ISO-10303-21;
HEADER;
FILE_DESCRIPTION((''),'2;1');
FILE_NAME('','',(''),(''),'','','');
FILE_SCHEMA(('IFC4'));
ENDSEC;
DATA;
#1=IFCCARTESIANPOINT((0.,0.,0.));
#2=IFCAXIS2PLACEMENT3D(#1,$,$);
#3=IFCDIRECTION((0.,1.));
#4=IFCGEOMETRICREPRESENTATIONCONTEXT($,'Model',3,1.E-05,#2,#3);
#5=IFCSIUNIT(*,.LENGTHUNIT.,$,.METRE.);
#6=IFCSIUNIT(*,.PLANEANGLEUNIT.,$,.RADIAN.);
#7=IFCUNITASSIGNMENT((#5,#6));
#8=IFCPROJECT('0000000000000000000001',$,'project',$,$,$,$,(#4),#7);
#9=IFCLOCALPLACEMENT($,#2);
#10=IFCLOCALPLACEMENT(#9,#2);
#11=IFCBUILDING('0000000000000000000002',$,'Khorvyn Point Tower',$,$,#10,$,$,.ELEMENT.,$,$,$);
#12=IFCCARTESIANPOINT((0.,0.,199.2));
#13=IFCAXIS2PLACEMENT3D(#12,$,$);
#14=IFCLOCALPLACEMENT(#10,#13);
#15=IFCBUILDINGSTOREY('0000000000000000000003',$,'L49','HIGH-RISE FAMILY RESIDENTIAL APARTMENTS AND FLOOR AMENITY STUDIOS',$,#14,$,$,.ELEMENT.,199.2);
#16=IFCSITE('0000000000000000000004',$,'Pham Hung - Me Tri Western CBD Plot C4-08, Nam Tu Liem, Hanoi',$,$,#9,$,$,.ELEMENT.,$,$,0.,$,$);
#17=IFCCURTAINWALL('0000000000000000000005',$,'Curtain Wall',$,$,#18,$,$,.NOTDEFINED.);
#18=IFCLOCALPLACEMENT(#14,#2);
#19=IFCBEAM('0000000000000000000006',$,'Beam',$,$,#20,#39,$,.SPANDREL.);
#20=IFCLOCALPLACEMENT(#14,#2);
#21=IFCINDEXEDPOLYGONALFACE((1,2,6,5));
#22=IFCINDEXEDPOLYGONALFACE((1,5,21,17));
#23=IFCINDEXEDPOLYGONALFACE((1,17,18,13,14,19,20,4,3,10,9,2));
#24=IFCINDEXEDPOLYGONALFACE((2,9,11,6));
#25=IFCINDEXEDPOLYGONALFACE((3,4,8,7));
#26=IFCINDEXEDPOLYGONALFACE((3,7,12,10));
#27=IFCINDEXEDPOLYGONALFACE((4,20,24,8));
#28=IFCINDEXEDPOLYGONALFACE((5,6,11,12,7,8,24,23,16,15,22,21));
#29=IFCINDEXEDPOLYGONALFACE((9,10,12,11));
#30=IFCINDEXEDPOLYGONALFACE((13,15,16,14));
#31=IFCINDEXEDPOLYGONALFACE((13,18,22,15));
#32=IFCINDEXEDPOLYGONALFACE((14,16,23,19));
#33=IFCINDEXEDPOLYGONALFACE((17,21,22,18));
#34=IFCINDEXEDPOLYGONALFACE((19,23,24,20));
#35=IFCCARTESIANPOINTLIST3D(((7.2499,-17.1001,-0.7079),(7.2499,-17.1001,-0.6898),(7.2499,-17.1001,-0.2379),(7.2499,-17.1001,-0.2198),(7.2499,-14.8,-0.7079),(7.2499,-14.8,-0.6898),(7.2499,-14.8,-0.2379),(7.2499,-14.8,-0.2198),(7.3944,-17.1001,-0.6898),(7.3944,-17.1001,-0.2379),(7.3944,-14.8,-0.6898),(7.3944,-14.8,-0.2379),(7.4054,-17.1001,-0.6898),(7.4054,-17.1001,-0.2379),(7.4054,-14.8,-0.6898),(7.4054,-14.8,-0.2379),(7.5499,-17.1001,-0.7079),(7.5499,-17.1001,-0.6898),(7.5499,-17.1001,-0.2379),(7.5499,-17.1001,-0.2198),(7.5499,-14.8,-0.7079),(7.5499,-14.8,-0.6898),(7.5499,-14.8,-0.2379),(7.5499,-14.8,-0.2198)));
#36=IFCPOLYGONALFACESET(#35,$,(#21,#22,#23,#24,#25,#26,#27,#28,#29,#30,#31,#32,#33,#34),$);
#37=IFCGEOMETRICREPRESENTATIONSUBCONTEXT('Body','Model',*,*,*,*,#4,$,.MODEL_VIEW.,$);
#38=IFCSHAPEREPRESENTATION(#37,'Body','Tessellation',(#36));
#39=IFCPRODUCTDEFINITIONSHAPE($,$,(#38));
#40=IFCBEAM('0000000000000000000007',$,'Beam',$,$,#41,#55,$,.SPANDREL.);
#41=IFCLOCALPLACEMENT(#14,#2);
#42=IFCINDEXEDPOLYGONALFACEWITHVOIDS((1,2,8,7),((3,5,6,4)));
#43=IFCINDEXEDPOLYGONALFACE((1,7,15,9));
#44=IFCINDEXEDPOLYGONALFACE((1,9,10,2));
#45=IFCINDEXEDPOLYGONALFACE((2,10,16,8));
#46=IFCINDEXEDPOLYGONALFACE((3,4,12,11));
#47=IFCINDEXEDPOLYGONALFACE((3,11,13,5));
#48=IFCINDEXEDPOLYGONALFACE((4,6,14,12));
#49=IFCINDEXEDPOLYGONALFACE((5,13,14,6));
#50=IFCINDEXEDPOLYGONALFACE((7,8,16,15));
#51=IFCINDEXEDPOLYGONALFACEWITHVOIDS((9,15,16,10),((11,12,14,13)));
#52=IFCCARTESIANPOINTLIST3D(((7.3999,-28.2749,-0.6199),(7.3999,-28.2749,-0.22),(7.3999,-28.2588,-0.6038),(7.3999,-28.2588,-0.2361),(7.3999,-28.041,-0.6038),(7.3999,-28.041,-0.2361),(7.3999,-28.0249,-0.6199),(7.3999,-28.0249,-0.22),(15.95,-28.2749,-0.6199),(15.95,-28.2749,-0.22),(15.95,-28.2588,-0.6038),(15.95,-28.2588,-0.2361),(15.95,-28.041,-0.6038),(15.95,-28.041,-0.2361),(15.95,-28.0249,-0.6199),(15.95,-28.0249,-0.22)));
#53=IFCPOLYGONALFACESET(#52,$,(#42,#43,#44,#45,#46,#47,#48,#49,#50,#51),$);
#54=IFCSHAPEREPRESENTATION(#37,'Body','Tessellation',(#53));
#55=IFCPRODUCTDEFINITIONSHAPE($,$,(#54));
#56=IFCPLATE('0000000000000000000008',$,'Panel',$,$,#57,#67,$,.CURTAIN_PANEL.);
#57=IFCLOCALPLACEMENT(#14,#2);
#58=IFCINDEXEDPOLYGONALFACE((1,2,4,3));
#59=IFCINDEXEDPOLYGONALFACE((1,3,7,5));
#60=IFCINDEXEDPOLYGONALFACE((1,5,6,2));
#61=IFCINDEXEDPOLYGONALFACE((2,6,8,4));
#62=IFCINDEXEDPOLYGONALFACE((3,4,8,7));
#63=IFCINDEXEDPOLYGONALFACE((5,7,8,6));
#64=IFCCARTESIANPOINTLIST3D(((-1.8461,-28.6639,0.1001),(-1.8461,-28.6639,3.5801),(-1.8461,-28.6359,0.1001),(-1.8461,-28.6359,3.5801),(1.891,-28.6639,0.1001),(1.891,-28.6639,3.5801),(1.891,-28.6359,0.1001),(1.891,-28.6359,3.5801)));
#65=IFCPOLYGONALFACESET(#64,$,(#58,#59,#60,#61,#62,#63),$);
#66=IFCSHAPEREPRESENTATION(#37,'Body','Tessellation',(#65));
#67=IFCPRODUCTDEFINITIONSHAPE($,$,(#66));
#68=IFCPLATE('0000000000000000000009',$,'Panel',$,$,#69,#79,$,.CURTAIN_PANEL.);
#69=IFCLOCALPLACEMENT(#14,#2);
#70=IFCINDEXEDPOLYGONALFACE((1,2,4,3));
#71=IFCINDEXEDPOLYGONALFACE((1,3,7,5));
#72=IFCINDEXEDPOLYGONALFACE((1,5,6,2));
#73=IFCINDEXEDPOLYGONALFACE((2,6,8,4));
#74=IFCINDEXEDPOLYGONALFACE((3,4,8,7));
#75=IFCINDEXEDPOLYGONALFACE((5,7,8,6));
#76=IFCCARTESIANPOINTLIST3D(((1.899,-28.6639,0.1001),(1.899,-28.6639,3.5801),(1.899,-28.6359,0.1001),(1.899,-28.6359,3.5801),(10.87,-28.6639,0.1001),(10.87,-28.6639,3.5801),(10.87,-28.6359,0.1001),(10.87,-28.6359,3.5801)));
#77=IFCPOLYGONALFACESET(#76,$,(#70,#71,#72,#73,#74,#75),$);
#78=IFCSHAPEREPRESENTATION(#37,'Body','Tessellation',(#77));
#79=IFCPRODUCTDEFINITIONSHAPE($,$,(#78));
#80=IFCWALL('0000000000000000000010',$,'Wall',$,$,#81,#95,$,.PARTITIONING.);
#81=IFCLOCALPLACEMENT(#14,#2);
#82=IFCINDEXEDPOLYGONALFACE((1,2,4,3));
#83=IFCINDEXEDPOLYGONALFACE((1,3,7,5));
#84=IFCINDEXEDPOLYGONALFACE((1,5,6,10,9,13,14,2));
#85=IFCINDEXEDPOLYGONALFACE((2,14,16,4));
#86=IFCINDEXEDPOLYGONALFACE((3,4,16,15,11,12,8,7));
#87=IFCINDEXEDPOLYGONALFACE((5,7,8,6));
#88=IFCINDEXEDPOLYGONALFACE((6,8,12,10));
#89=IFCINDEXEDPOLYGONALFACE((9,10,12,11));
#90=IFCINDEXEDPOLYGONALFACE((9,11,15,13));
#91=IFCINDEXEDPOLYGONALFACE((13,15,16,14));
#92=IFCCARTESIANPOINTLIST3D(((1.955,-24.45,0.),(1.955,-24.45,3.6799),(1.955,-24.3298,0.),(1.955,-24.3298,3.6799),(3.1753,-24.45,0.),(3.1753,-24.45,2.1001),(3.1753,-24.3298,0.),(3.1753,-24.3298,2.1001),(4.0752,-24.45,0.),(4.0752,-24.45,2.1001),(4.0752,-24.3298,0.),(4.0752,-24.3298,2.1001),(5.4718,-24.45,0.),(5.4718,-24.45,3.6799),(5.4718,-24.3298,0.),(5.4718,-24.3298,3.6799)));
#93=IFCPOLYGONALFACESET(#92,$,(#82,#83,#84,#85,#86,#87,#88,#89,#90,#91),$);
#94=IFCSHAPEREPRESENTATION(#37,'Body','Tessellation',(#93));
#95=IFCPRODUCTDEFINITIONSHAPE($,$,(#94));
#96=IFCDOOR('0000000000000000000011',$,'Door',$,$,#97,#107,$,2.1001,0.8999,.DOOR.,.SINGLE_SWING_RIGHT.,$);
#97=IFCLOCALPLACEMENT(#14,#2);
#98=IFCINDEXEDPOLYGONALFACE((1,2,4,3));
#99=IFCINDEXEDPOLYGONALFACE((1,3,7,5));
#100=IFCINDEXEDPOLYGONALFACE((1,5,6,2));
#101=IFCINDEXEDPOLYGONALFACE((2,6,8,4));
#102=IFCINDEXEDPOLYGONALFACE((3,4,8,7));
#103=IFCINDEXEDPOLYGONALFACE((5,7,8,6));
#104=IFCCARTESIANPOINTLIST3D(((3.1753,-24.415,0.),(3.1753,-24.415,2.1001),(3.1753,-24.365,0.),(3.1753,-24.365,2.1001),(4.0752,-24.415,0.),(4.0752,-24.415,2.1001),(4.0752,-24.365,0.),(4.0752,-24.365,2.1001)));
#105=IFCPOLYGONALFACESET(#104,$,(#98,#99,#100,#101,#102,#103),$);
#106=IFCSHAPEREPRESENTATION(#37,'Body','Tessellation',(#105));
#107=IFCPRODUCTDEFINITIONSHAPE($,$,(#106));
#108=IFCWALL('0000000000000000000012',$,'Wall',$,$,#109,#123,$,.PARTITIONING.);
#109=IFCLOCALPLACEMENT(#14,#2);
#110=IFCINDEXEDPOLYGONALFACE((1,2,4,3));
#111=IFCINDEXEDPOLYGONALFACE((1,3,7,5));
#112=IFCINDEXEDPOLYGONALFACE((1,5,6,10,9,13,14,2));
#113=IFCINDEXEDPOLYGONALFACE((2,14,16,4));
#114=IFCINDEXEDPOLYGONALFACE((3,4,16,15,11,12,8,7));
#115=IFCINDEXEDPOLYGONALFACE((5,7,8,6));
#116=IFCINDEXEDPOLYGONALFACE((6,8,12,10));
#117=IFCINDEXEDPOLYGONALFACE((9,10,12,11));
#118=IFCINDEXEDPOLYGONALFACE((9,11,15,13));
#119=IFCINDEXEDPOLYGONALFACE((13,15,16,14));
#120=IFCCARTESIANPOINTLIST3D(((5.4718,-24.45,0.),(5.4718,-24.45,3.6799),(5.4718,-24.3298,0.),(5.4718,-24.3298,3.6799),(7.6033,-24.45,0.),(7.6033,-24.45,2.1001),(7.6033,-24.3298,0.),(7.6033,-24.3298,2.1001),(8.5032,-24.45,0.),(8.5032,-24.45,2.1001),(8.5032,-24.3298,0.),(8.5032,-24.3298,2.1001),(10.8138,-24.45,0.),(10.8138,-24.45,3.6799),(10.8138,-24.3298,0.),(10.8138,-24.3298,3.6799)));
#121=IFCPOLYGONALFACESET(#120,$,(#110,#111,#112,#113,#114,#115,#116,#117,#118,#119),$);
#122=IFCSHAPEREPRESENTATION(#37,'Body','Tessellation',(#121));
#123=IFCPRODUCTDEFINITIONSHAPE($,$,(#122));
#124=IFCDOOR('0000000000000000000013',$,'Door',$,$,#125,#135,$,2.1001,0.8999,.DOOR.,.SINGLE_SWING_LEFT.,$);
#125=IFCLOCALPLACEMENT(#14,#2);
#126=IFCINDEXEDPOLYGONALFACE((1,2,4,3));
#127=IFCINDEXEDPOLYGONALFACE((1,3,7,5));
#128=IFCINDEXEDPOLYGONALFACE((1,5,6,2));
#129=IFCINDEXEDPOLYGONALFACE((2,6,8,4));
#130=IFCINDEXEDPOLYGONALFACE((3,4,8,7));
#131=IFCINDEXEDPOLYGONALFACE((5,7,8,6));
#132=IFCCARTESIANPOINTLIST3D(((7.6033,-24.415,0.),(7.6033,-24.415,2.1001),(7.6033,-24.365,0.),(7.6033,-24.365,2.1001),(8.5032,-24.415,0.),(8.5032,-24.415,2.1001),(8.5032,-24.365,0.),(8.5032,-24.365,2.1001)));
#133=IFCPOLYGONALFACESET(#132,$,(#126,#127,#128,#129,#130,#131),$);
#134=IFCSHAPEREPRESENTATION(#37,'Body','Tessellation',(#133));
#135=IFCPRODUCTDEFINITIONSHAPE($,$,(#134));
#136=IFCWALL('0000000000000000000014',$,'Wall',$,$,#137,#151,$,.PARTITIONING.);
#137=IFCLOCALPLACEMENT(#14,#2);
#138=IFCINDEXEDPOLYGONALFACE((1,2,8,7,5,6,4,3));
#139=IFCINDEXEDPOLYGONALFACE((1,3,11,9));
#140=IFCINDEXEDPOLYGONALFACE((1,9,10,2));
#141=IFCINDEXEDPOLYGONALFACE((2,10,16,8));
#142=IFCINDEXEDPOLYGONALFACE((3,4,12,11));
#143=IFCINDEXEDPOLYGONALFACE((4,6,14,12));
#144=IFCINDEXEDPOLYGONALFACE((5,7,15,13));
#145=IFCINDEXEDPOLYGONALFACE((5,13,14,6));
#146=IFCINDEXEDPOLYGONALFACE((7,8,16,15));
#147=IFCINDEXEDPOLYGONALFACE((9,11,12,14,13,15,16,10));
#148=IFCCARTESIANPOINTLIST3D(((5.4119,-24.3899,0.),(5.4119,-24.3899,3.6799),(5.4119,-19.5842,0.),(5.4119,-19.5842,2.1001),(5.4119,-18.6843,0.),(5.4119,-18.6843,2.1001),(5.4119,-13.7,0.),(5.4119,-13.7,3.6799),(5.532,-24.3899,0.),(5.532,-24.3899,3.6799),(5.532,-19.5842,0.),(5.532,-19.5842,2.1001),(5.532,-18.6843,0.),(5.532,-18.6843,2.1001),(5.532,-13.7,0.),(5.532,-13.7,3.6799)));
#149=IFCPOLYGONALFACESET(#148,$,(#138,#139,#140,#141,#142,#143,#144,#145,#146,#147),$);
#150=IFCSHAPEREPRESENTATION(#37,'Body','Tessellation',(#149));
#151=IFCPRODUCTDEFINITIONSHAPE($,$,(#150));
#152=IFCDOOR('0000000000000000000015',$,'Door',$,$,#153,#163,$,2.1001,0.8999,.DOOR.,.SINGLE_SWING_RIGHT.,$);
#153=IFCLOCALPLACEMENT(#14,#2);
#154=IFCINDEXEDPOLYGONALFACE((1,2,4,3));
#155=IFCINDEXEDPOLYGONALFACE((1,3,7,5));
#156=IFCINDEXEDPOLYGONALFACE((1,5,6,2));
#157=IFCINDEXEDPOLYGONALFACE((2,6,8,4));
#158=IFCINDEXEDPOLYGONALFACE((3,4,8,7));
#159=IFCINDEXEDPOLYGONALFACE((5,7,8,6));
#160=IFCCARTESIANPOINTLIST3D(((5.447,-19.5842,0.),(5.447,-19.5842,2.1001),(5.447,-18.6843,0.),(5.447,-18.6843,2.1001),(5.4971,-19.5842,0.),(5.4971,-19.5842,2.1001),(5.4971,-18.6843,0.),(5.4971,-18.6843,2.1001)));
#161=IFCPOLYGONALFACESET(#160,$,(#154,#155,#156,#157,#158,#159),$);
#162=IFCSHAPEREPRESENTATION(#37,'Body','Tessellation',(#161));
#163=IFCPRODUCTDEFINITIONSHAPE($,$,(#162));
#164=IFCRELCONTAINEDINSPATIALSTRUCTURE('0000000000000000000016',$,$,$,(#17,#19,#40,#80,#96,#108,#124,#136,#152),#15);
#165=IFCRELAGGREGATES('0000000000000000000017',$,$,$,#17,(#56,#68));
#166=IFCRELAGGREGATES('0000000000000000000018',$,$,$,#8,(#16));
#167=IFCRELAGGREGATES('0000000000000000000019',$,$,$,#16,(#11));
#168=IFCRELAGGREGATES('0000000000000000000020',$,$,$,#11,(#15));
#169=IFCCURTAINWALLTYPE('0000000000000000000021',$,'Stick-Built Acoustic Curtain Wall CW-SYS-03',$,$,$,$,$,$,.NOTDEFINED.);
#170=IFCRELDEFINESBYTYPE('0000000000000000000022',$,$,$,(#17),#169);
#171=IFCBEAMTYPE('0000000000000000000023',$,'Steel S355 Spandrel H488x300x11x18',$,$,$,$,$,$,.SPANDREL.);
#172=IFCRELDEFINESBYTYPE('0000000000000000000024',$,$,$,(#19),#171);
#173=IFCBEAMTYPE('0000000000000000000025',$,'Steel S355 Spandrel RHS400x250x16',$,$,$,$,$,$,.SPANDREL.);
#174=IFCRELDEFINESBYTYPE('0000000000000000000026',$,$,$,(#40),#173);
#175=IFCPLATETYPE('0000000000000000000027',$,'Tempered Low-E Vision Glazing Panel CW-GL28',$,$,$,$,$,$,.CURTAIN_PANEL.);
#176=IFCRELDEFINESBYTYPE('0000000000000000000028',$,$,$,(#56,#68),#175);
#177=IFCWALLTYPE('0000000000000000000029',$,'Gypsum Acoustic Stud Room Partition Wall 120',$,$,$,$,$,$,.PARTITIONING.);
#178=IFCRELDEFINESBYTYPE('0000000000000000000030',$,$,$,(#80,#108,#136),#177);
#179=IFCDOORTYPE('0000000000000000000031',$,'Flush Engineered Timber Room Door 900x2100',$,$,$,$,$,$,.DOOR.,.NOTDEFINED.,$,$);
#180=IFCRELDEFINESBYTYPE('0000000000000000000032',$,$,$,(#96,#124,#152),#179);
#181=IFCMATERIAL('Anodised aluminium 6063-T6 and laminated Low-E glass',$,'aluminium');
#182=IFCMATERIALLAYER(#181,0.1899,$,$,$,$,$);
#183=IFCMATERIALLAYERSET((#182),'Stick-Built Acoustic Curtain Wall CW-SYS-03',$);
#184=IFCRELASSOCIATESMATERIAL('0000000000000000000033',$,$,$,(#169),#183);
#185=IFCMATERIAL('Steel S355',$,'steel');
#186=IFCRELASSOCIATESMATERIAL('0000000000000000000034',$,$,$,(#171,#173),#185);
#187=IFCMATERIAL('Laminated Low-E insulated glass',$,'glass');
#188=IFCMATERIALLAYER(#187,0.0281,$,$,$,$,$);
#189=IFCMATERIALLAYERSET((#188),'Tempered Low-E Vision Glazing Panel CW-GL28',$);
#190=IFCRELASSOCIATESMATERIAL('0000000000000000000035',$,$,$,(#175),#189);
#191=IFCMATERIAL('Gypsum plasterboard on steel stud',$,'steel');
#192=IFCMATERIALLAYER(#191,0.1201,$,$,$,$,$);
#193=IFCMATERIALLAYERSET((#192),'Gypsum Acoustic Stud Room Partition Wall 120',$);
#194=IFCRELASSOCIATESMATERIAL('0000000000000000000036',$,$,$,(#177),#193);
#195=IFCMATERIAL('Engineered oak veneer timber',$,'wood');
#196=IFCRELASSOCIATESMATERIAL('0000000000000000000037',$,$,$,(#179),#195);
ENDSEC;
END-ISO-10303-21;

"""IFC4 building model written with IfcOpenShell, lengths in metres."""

from ifc_helpers import new_model, si_unit, direction, frame, frame_2d, origin, origin_2d, place, context, subcontext, project, spatial, rectangle, hollow_rectangle, i_section, extrude, material, layer, layer_set, material_profile, profile_set, type_object, element, fill, aggregate, save


model = new_model("IFC4")

# Units and contexts
model_context = context("Model", 3, precision=1e-05, world=origin(), true_north=direction((0.0, 1.0)))
body_context = subcontext(model_context, "Body", "Model", "MODEL_VIEW")
ifc_project = project(units=[si_unit("LENGTHUNIT", "METRE"), si_unit("PLANEANGLEUNIT", "RADIAN")], contexts=[model_context])

# Site, building, storey
site_placement = place(None, origin())
site = spatial("IfcSite", under=ifc_project, at=site_placement, Name="Pham Hung - Me Tri Western CBD Plot C4-08, Nam Tu Liem, Hanoi", CompositionType="ELEMENT", RefElevation=0.0)
building_placement = place(site_placement, origin())
building = spatial("IfcBuilding", under=site, at=building_placement, Name="Khorvyn Point Tower", CompositionType="ELEMENT")
storey_placement = place(building_placement, frame((0.0, 0.0, 199.2)))
storey = spatial("IfcBuildingStorey", under=building, at=storey_placement, Name="L49", Description="HIGH-RISE FAMILY RESIDENTIAL APARTMENTS AND FLOOR AMENITY STUDIOS", CompositionType="ELEMENT", Elevation=199.2)

# Curtain wall
ifc_material_1 = material(Name="Anodised aluminium 6063-T6 and laminated Low-E glass", Category="aluminium")
ifc_layer_1 = layer(ifc_material_1, 0.1899)
ifc_layer_set_1 = layer_set([ifc_layer_1], Name="Stick-Built Acoustic Curtain Wall CW-SYS-03")
curtain_wall_type = type_object("IfcCurtainWallType", Name="Stick-Built Acoustic Curtain Wall CW-SYS-03", PredefinedType="NOTDEFINED", material=ifc_layer_set_1)
curtain_wall_placement = place(storey_placement, origin())
curtain_wall = element("IfcCurtainWall", 1, at=curtain_wall_placement, inside=storey, type_object=curtain_wall_type, Name="Curtain Wall", PredefinedType="NOTDEFINED")

# Beams
ifc_material_2 = material(Name="Steel S355", Category="steel")
ifc_material_profile_1 = material_profile(ifc_material_2, i_section(OverallWidth=0.3, OverallDepth=0.488, WebThickness=0.011, FlangeThickness=0.0181, at=origin_2d()))
ifc_profile_set_1 = profile_set([ifc_material_profile_1], Name="Steel S355 H488x300x11x18")
beam_type_1 = type_object("IfcBeamType", Name="Steel S355 Spandrel H488x300x11x18", PredefinedType="SPANDREL", material=ifc_profile_set_1)
beam_1_placement = place(storey_placement, frame((7.3999, -17.1001, -0.4639), z_axis=(0.0, 1.0, 0.0), x_axis=(-1.0, 0.0, 0.0)))
element("IfcBeam", 2, at=beam_1_placement, inside=storey, type_object=beam_type_1, Name="Beam", PredefinedType="SPANDREL", context=body_context, shape_type="SweptSolid", body=[
    extrude(i_section(OverallWidth=0.3, OverallDepth=0.488, WebThickness=0.011, FlangeThickness=0.0181, at=origin_2d()), origin(), (0.0, 0.0, 1.0), 2.3),
])
ifc_material_profile_2 = material_profile(ifc_material_2, hollow_rectangle(XDim=0.25, YDim=0.3999, WallThickness=0.0161, at=origin_2d()))
ifc_profile_set_2 = profile_set([ifc_material_profile_2], Name="Steel S355 RHS400x250x16")
beam_type_2 = type_object("IfcBeamType", Name="Steel S355 Spandrel RHS400x250x16", PredefinedType="SPANDREL", material=ifc_profile_set_2)
beam_2_placement = place(storey_placement, frame((7.3999, -28.1499, -0.4199), z_axis=(1.0, 0.0, 0.0), x_axis=(0.0, 1.0, 0.0)))
element("IfcBeam", 3, at=beam_2_placement, inside=storey, type_object=beam_type_2, Name="Beam", PredefinedType="SPANDREL", context=body_context, shape_type="SweptSolid", body=[
    extrude(hollow_rectangle(XDim=0.25, YDim=0.3999, WallThickness=0.0161, at=origin_2d()), origin(), (0.0, 0.0, 1.0), 8.55),
])

# Plates
ifc_material_3 = material(Name="Laminated Low-E insulated glass", Category="glass")
ifc_layer_2 = layer(ifc_material_3, 0.0281)
ifc_layer_set_2 = layer_set([ifc_layer_2], Name="Tempered Low-E Vision Glazing Panel CW-GL28")
plate_type = type_object("IfcPlateType", Name="Tempered Low-E Vision Glazing Panel CW-GL28", PredefinedType="CURTAIN_PANEL", material=ifc_layer_set_2)
plate_1_placement = place(storey_placement, frame((0.0225, -28.6499, 0.1001), z_axis=(0.0, 0.0, 1.0), x_axis=(-1.0, 0.0, 0.0)))
plate_1 = element("IfcPlate", 4, at=plate_1_placement, type_object=plate_type, Name="Panel", PredefinedType="CURTAIN_PANEL", context=body_context, shape_type="SweptSolid", body=[
    extrude(rectangle(XDim=3.7371, YDim=0.0281, at=origin_2d()), origin(), (0.0, 0.0, 1.0), 3.48),
])
plate_2_placement = place(storey_placement, frame((6.3845, -28.6499, 0.1001), z_axis=(0.0, 0.0, 1.0), x_axis=(-1.0, 0.0, 0.0)))
plate_2 = element("IfcPlate", 5, at=plate_2_placement, type_object=plate_type, Name="Panel", PredefinedType="CURTAIN_PANEL", context=body_context, shape_type="SweptSolid", body=[
    extrude(rectangle(XDim=8.9709, YDim=0.0281, at=origin_2d()), origin(), (0.0, 0.0, 1.0), 3.48),
])
aggregate(curtain_wall, [plate_1, plate_2])

# Walls, openings, doors
ifc_material_4 = material(Name="Gypsum plasterboard on steel stud", Category="steel")
ifc_layer_3 = layer(ifc_material_4, 0.1201)
ifc_layer_set_3 = layer_set([ifc_layer_3], Name="Gypsum Acoustic Stud Room Partition Wall 120")
wall_type_1 = type_object("IfcWallType", Name="Gypsum Acoustic Stud Room Partition Wall 120", PredefinedType="PARTITIONING", material=ifc_layer_set_3)
wall_1_placement = place(storey_placement, frame((1.9551, -24.3899, 0.0), z_axis=(0.0, 0.0, 1.0), x_axis=(1.0, 0.0, 0.0)))
wall_1 = element("IfcWall", 6, at=wall_1_placement, inside=storey, type_object=wall_type_1, Name="Wall", PredefinedType="PARTITIONING", context=body_context, shape_type="SweptSolid", body=[
    extrude(rectangle(XDim=3.5168, YDim=0.1201, at=frame_2d((1.7583, 0.0))), origin(), (0.0, 0.0, 1.0), 3.6799),
])
opening_1_placement = place(wall_1_placement, frame((1.2202, 0.0, 0.0)))
opening_1 = element("IfcOpeningElement", 7, at=opening_1_placement, cuts=wall_1, PredefinedType="OPENING", context=body_context, shape_type="SweptSolid", body=[
    extrude(rectangle(XDim=0.8999, YDim=2.1001, at=frame_2d((0.45, 1.05))), frame((0.0, 0.0701, 0.0), z_axis=(0.0, -1.0, 0.0), x_axis=(1.0, 0.0, 0.0)), (0.0, 0.0, 1.0), 0.1401),
])
ifc_material_5 = material(Name="Engineered oak veneer timber", Category="wood")
door_type_1 = type_object("IfcDoorType", Name="Flush Engineered Timber Room Door 900x2100", OperationType="NOTDEFINED", PredefinedType="DOOR", material=ifc_material_5)
door_1_placement = place(opening_1_placement, origin())
door_1 = element("IfcDoor", 8, at=door_1_placement, inside=storey, type_object=door_type_1, Name="Door", OperationType="SINGLE_SWING_RIGHT", OverallHeight=2.1001, OverallWidth=0.8999, PredefinedType="DOOR", context=body_context, shape_type="SweptSolid", body=[
    extrude(rectangle(XDim=0.8999, YDim=2.1001, at=frame_2d((0.45, 1.05))), frame((0.0, 0.0249, 0.0), z_axis=(0.0, -1.0, 0.0), x_axis=(1.0, 0.0, 0.0)), (0.0, 0.0, 1.0), 0.05),
])
fill(opening_1, door_1)
wall_2_placement = place(storey_placement, frame((5.4719, -24.3899, 0.0), z_axis=(0.0, 0.0, 1.0), x_axis=(1.0, 0.0, 0.0)))
wall_2 = element("IfcWall", 9, at=wall_2_placement, inside=storey, type_object=wall_type_1, Name="Wall", PredefinedType="PARTITIONING", context=body_context, shape_type="SweptSolid", body=[
    extrude(rectangle(XDim=5.342, YDim=0.1201, at=frame_2d((2.6709, 0.0))), origin(), (0.0, 0.0, 1.0), 3.6799),
])
opening_2_placement = place(wall_2_placement, frame((2.1313, 0.0, 0.0)))
opening_2 = element("IfcOpeningElement", 10, at=opening_2_placement, cuts=wall_2, PredefinedType="OPENING", context=body_context, shape_type="SweptSolid", body=[
    extrude(rectangle(XDim=0.8999, YDim=2.1001, at=frame_2d((0.45, 1.05))), frame((0.0, 0.0701, 0.0), z_axis=(0.0, -1.0, 0.0), x_axis=(1.0, 0.0, 0.0)), (0.0, 0.0, 1.0), 0.1401),
])
door_2_placement = place(opening_2_placement, origin())
door_2 = element("IfcDoor", 11, at=door_2_placement, inside=storey, type_object=door_type_1, Name="Door", OperationType="SINGLE_SWING_LEFT", OverallHeight=2.1001, OverallWidth=0.8999, PredefinedType="DOOR", context=body_context, shape_type="SweptSolid", body=[
    extrude(rectangle(XDim=0.8999, YDim=2.1001, at=frame_2d((0.45, 1.05))), frame((0.0, 0.0249, 0.0), z_axis=(0.0, -1.0, 0.0), x_axis=(1.0, 0.0, 0.0)), (0.0, 0.0, 1.0), 0.05),
])
fill(opening_2, door_2)
wall_3_placement = place(storey_placement, frame((5.4719, -24.3899, 0.0), z_axis=(0.0, 0.0, 1.0), x_axis=(0.0, 1.0, 0.0)))
wall_3 = element("IfcWall", 12, at=wall_3_placement, inside=storey, type_object=wall_type_1, Name="Wall", PredefinedType="PARTITIONING", context=body_context, shape_type="SweptSolid", body=[
    extrude(rectangle(XDim=10.6899, YDim=0.1201, at=frame_2d((5.345, 0.0))), origin(), (0.0, 0.0, 1.0), 3.6799),
])
opening_3_placement = place(wall_3_placement, frame((4.8057, 0.0, 0.0)))
opening_3 = element("IfcOpeningElement", 13, at=opening_3_placement, cuts=wall_3, PredefinedType="OPENING", context=body_context, shape_type="SweptSolid", body=[
    extrude(rectangle(XDim=0.8999, YDim=2.1001, at=frame_2d((0.45, 1.05))), frame((0.0, 0.0701, 0.0), z_axis=(0.0, -1.0, 0.0), x_axis=(1.0, 0.0, 0.0)), (0.0, 0.0, 1.0), 0.1401),
])
door_3_placement = place(opening_3_placement, origin())
door_3 = element("IfcDoor", 14, at=door_3_placement, inside=storey, type_object=door_type_1, Name="Door", OperationType="SINGLE_SWING_RIGHT", OverallHeight=2.1001, OverallWidth=0.8999, PredefinedType="DOOR", context=body_context, shape_type="SweptSolid", body=[
    extrude(rectangle(XDim=0.8999, YDim=2.1001, at=frame_2d((0.45, 1.05))), frame((0.0, 0.0249, 0.0), z_axis=(0.0, -1.0, 0.0), x_axis=(1.0, 0.0, 0.0)), (0.0, 0.0, 1.0), 0.05),
])
fill(opening_3, door_3)

save(model, "model.ifc")
